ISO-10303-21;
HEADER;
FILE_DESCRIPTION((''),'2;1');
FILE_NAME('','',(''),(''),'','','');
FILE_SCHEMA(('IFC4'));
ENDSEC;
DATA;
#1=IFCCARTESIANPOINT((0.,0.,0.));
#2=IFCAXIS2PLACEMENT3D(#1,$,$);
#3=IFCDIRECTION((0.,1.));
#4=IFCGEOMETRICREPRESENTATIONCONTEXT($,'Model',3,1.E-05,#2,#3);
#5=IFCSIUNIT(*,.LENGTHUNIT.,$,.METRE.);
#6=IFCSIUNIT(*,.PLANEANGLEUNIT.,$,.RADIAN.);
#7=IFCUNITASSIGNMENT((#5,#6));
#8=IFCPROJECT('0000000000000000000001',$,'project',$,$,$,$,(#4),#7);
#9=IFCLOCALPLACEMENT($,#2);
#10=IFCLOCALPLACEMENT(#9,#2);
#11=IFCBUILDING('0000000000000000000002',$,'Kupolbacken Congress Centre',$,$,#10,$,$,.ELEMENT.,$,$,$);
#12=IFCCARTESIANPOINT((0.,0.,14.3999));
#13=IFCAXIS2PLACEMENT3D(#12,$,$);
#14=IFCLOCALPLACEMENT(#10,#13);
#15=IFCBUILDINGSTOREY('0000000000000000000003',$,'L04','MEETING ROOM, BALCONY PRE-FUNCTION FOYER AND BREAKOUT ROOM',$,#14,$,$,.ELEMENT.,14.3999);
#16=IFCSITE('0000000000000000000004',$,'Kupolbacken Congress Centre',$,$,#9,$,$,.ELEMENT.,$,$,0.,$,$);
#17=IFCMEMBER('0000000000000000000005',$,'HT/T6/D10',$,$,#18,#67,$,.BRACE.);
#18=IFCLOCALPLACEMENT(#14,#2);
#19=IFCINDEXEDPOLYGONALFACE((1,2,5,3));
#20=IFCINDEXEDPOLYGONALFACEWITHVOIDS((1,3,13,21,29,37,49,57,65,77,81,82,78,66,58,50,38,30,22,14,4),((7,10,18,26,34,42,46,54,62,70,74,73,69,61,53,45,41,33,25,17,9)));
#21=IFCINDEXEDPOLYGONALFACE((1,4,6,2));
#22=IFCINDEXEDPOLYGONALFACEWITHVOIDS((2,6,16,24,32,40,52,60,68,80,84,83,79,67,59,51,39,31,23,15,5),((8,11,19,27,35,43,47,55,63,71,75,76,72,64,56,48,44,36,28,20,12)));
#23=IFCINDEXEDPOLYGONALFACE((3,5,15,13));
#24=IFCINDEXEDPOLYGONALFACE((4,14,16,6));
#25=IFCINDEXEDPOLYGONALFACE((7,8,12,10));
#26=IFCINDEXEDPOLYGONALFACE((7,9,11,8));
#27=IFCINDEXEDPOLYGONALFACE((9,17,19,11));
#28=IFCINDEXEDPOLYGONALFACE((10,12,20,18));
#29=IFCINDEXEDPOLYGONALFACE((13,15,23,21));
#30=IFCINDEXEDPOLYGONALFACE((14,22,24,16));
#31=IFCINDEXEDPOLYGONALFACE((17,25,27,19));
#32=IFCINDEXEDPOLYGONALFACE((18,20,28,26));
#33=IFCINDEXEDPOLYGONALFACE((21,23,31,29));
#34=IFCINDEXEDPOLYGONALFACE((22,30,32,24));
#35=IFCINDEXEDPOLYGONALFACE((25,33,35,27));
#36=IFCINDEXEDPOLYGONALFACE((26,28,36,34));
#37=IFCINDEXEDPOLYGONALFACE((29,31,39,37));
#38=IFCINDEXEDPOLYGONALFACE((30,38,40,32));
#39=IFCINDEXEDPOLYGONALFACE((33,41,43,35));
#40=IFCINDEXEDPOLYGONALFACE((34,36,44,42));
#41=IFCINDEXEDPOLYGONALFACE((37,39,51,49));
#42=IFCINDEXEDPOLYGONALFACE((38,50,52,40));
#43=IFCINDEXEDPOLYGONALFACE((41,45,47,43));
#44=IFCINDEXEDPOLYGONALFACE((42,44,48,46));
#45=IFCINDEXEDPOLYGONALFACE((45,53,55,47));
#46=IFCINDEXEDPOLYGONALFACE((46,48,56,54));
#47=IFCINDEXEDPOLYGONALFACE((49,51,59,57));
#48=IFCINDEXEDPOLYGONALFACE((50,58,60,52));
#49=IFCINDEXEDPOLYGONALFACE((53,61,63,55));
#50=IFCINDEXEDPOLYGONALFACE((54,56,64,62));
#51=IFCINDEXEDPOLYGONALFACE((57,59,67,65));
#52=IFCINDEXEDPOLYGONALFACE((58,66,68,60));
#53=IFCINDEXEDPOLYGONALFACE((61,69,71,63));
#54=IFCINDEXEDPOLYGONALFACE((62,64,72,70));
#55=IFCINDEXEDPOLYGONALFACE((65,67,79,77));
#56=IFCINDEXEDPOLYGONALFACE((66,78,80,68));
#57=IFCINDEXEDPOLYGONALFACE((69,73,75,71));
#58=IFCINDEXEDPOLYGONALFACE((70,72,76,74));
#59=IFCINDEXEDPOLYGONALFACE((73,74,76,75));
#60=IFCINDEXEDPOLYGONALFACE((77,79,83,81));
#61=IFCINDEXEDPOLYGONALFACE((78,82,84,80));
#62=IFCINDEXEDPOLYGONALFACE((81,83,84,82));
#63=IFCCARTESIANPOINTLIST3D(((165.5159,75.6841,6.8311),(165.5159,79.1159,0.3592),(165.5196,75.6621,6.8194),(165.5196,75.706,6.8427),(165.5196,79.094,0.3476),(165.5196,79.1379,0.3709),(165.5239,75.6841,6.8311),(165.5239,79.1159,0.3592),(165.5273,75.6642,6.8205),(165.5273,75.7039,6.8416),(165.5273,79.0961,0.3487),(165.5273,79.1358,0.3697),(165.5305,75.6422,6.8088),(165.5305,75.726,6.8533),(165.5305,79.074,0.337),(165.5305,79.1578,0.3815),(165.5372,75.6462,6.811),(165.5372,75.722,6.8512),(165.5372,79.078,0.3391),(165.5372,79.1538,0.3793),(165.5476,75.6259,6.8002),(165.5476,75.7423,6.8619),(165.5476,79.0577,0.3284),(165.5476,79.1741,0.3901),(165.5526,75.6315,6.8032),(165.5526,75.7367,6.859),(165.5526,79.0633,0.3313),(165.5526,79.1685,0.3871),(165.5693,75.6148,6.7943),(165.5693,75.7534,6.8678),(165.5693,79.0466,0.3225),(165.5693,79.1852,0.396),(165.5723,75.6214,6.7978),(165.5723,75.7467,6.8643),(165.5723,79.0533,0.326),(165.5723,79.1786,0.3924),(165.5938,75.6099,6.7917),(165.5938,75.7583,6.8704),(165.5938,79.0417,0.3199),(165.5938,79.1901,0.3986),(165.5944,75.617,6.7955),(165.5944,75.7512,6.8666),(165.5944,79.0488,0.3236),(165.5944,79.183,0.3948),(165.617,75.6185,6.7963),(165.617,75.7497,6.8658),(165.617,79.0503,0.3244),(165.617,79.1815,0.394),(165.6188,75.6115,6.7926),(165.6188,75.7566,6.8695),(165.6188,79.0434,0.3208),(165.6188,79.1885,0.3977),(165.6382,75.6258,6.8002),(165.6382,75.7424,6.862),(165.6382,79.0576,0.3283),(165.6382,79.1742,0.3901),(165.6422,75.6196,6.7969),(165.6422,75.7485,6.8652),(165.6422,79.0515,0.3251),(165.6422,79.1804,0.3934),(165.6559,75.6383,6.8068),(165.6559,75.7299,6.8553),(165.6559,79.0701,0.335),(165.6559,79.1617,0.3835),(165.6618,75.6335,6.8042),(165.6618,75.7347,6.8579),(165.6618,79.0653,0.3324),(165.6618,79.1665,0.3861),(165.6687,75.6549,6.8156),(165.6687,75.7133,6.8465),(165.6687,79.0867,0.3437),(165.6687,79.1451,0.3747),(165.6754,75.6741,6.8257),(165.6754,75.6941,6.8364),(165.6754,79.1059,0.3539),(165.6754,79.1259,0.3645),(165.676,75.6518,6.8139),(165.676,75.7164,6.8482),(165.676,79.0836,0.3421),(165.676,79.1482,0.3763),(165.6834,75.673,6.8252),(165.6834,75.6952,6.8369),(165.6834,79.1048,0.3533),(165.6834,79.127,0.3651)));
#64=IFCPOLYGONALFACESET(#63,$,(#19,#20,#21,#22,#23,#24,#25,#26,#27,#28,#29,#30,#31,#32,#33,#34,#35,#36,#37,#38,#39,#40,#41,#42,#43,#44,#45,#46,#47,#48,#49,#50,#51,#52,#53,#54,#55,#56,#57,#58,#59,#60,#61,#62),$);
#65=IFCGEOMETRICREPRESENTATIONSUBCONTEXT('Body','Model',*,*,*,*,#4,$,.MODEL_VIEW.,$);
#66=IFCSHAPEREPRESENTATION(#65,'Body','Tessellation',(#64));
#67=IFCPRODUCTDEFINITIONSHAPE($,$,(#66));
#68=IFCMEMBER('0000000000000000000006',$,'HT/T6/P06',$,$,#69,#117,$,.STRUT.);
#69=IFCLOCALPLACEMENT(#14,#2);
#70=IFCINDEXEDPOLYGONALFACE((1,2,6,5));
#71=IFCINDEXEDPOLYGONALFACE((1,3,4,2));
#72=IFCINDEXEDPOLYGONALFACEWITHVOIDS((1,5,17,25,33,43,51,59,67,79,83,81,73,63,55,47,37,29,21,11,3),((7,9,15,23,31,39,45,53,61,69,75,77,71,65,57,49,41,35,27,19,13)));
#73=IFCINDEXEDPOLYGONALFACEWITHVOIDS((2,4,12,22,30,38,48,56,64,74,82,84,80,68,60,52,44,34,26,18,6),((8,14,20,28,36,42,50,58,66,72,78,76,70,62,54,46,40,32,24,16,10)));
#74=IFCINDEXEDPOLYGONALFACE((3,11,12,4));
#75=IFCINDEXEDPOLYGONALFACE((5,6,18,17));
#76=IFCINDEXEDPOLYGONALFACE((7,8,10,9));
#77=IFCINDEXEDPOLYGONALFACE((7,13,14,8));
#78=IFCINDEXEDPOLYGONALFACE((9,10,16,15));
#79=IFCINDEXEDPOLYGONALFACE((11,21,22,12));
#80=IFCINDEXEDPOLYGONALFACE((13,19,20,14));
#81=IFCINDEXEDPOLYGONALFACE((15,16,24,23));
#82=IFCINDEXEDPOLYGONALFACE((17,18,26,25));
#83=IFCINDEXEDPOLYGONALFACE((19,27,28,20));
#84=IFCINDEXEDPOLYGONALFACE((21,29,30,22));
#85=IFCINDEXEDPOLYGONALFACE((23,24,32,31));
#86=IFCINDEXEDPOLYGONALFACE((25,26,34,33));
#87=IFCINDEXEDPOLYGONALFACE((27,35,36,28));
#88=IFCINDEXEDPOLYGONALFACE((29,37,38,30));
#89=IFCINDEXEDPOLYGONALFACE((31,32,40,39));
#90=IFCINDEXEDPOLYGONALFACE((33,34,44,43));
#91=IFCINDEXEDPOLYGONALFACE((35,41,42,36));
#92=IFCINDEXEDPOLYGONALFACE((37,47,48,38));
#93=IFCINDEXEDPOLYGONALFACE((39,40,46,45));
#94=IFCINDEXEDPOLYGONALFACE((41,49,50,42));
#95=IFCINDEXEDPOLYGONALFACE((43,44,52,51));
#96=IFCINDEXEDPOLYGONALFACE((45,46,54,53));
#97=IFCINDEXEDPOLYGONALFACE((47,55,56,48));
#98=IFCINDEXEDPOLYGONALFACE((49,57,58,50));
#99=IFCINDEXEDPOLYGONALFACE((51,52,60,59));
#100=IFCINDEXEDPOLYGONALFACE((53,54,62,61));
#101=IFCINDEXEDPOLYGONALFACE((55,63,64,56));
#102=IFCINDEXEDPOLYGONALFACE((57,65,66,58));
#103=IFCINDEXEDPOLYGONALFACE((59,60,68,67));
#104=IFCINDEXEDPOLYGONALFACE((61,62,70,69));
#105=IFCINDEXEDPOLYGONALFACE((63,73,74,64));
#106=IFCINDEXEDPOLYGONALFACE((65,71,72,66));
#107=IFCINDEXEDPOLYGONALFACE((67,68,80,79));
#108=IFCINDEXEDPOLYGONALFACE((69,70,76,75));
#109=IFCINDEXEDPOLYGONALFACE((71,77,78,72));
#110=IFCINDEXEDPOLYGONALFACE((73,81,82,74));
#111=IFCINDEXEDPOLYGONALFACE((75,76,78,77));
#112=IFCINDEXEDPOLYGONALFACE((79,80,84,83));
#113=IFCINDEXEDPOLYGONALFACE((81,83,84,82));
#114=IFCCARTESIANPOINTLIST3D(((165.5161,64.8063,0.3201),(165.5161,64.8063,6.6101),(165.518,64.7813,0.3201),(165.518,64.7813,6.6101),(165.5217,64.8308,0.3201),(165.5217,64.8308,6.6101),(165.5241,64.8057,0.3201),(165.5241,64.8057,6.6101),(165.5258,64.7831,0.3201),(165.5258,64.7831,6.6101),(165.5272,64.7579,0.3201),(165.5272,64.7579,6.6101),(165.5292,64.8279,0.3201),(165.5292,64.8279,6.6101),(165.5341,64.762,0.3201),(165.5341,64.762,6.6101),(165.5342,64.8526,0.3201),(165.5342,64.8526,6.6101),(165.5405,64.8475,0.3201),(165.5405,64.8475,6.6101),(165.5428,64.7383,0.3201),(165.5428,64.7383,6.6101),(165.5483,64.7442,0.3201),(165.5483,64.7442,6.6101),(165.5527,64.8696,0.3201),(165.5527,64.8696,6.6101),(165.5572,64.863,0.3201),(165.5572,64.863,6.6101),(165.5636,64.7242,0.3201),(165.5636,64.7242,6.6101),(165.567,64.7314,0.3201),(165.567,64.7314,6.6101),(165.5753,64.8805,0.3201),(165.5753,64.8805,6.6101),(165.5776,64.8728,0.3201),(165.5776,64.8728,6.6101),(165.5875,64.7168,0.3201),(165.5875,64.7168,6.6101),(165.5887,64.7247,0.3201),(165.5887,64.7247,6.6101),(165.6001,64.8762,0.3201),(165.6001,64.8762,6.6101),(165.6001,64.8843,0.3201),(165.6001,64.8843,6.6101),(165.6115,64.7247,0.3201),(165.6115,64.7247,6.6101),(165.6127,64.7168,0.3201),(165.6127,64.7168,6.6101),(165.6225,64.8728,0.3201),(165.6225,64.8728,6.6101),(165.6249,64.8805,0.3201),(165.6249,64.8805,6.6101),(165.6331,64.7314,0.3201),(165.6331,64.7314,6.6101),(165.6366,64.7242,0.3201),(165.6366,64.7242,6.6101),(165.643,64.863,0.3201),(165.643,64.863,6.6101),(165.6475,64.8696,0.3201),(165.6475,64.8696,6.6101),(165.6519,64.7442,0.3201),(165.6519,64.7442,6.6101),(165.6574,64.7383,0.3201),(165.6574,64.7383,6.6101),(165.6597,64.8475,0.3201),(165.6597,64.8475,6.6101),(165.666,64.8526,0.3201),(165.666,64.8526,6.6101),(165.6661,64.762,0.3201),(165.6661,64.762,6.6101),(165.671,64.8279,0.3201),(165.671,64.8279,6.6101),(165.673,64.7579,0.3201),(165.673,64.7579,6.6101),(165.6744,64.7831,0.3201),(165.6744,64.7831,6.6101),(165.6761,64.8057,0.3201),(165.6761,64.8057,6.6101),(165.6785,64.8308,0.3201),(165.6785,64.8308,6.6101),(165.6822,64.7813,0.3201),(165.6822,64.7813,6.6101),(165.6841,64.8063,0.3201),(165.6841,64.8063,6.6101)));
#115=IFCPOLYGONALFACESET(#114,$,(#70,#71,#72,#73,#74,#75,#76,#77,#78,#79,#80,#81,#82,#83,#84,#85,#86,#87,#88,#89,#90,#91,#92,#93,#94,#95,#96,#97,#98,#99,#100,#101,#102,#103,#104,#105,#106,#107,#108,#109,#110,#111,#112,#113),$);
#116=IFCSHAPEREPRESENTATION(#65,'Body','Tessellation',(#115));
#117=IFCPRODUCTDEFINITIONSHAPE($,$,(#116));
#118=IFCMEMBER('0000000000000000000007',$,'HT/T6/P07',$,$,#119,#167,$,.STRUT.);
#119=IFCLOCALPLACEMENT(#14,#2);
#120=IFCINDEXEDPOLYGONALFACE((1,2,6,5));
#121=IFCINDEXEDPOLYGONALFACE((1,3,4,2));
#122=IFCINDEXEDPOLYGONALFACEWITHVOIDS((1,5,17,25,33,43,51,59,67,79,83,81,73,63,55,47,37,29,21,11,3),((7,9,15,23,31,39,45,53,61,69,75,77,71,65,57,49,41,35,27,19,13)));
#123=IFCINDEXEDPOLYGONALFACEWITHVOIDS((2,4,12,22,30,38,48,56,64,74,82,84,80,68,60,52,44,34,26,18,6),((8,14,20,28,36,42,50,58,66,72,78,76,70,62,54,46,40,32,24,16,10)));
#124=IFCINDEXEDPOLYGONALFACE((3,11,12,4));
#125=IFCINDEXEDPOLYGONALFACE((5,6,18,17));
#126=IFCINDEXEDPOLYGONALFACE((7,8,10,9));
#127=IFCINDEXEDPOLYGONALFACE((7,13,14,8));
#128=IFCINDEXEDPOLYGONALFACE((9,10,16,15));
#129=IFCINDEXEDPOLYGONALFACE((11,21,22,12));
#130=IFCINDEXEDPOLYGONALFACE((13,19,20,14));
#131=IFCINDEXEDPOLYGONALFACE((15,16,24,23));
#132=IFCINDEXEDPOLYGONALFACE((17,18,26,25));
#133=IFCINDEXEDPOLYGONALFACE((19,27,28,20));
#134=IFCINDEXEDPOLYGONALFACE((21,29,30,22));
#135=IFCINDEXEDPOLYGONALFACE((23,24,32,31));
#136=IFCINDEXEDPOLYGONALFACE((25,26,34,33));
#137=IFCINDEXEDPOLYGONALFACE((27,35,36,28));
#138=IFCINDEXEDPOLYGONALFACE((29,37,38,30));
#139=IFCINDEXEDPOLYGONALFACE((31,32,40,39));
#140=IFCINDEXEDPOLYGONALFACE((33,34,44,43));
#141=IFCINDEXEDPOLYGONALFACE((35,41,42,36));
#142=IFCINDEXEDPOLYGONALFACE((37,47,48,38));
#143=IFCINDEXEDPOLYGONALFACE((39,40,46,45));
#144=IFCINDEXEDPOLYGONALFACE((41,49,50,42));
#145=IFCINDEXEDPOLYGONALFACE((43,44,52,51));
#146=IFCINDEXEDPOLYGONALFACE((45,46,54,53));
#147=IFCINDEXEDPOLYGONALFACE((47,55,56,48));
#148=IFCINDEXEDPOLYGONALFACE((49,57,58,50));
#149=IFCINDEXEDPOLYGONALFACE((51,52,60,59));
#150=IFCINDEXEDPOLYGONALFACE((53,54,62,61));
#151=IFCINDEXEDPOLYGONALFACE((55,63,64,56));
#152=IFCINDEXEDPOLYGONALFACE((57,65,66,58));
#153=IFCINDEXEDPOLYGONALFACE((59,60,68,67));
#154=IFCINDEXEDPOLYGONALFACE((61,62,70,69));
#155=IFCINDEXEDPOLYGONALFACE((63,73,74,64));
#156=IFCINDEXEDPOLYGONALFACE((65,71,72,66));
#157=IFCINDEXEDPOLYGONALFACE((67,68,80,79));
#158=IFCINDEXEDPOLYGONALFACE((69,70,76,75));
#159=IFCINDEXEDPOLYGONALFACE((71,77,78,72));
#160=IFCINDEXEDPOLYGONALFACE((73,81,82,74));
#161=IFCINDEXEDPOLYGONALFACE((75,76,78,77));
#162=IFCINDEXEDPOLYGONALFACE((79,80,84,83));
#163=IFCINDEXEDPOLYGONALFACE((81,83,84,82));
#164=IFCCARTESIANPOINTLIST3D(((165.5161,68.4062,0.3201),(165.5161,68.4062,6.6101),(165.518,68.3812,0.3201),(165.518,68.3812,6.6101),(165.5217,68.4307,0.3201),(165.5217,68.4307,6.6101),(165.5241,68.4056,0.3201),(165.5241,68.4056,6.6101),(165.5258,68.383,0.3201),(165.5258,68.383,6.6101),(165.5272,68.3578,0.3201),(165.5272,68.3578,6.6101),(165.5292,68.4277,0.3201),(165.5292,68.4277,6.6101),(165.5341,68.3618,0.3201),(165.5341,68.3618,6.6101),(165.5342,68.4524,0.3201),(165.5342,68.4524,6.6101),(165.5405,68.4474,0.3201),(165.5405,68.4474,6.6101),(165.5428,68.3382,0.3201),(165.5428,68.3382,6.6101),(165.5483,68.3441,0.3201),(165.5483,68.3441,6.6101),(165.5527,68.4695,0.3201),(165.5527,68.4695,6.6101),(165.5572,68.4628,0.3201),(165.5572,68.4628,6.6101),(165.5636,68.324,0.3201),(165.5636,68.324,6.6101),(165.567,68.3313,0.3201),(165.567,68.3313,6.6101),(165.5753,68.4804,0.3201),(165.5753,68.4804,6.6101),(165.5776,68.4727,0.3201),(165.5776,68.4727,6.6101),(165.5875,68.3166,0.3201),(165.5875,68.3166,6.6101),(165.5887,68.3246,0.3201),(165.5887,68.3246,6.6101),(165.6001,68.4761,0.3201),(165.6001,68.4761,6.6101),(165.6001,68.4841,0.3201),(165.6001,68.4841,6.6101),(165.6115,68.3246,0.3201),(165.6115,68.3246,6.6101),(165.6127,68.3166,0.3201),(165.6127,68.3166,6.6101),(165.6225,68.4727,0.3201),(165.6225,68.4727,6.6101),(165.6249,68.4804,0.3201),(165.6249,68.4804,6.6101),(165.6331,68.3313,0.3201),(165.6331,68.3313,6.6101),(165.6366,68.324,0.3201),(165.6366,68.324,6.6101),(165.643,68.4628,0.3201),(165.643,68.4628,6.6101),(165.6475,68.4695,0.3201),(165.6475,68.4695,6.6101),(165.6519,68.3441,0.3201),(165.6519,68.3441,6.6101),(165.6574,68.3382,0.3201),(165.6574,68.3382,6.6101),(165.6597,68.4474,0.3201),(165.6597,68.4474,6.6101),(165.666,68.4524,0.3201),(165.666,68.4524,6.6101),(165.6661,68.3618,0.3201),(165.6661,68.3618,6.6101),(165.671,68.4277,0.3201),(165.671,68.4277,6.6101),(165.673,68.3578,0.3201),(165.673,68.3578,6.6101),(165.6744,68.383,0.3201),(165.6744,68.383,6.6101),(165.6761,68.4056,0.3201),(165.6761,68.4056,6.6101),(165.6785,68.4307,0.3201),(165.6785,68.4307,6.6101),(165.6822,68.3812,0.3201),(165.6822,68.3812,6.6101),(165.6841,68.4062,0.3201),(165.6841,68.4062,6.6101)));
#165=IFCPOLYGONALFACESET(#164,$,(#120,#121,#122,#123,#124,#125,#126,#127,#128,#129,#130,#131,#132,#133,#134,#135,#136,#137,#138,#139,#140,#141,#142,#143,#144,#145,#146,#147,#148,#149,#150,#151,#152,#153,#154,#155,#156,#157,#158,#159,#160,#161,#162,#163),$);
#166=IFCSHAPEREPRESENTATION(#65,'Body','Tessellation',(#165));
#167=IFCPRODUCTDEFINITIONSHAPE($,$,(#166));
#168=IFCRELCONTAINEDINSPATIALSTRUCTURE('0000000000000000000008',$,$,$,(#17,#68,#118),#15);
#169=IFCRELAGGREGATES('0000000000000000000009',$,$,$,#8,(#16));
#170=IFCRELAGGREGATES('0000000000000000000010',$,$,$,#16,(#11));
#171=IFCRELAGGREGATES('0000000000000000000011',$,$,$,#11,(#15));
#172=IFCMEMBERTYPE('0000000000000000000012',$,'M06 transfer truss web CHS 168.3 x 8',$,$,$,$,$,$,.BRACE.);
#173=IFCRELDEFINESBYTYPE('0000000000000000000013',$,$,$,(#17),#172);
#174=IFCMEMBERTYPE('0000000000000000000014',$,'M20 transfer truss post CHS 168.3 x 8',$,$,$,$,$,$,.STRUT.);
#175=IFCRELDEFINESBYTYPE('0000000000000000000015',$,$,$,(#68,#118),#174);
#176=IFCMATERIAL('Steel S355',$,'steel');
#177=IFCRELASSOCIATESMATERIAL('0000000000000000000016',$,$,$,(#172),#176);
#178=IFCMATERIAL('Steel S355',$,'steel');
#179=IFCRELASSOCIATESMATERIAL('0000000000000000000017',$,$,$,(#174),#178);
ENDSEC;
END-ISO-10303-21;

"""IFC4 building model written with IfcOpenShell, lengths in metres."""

from ifc_helpers import new_model, si_unit, direction, frame, origin, origin_2d, place, context, subcontext, project, spatial, hollow_circle, extrude, material, material_profile, profile_set, type_object, element, save


model = new_model("IFC4")

# Units and contexts
model_context = context("Model", 3, precision=1e-05, world=origin(), true_north=direction((0.0, 1.0)))
body_context = subcontext(model_context, "Body", "Model", "MODEL_VIEW")
ifc_project = project(units=[si_unit("LENGTHUNIT", "METRE"), si_unit("PLANEANGLEUNIT", "RADIAN")], contexts=[model_context])

# Site, building, storey
site_placement = place(None, origin())
site = spatial("IfcSite", under=ifc_project, at=site_placement, Name="Kupolbacken Congress Centre", CompositionType="ELEMENT", RefElevation=0.0)
building_placement = place(site_placement, origin())
building = spatial("IfcBuilding", under=site, at=building_placement, Name="Kupolbacken Congress Centre", CompositionType="ELEMENT")
storey_placement = place(building_placement, frame((0.0, 0.0, 14.3999)))
storey = spatial("IfcBuildingStorey", under=building, at=storey_placement, Name="L04", Description="MEETING ROOM, BALCONY PRE-FUNCTION FOYER AND BREAKOUT ROOM", CompositionType="ELEMENT", Elevation=14.3999)

# Members
ifc_material_1 = material(Name="Steel S355", Category="steel")
ifc_material_profile_1 = material_profile(ifc_material_1, hollow_circle(Radius=0.0842, WallThickness=0.0081, at=origin_2d()), Name="CHS 168.3 x 8")
ifc_profile_set_1 = profile_set([ifc_material_profile_1], Name="Steel S355")
member_type_1 = type_object("IfcMemberType", Name="M06 transfer truss web CHS 168.3 x 8", PredefinedType="BRACE", material=ifc_profile_set_1)
for number, where, z_axis, x_axis, name in (
    (1, (165.6001, 75.6841, 6.8311), (0.0, 0.468482, -0.883473), (-1.0, 0.0, 0.0), "HT/T6/D10"),
):
    element("IfcMember", number, at=place(storey_placement, frame(where, z_axis=z_axis, x_axis=x_axis)), inside=storey, type_object=member_type_1, Name=name, PredefinedType="BRACE", context=body_context, shape_type="SweptSolid", body=[
        extrude(hollow_circle(Radius=0.0842, WallThickness=0.0081, at=origin_2d()), origin(), (0.0, 0.0, 1.0), 7.3254),
    ])
ifc_material_2 = material(Name="Steel S355", Category="steel")
ifc_material_profile_2 = material_profile(ifc_material_2, hollow_circle(Radius=0.0842, WallThickness=0.0081, at=origin_2d()), Name="CHS 168.3 x 8")
ifc_profile_set_2 = profile_set([ifc_material_profile_2], Name="Steel S355")
member_type_2 = type_object("IfcMemberType", Name="M20 transfer truss post CHS 168.3 x 8", PredefinedType="STRUT", material=ifc_profile_set_2)
for number, where, z_axis, x_axis, name in (
    (2, (165.6001, 64.8, 0.3201), (0.0, 0.0, 1.0), (0.0, 1.0, 0.0), "HT/T6/P06"),
    (3, (165.6001, 68.3999, 0.3201), (0.0, 0.0, 1.0), (0.0, 1.0, 0.0), "HT/T6/P07"),
):
    element("IfcMember", number, at=place(storey_placement, frame(where, z_axis=z_axis, x_axis=x_axis)), inside=storey, type_object=member_type_2, Name=name, PredefinedType="STRUT", context=body_context, shape_type="SweptSolid", body=[
        extrude(hollow_circle(Radius=0.0842, WallThickness=0.0081, at=origin_2d()), origin(), (0.0, 0.0, 1.0), 6.29),
    ])

save(model, "model.ifc")
